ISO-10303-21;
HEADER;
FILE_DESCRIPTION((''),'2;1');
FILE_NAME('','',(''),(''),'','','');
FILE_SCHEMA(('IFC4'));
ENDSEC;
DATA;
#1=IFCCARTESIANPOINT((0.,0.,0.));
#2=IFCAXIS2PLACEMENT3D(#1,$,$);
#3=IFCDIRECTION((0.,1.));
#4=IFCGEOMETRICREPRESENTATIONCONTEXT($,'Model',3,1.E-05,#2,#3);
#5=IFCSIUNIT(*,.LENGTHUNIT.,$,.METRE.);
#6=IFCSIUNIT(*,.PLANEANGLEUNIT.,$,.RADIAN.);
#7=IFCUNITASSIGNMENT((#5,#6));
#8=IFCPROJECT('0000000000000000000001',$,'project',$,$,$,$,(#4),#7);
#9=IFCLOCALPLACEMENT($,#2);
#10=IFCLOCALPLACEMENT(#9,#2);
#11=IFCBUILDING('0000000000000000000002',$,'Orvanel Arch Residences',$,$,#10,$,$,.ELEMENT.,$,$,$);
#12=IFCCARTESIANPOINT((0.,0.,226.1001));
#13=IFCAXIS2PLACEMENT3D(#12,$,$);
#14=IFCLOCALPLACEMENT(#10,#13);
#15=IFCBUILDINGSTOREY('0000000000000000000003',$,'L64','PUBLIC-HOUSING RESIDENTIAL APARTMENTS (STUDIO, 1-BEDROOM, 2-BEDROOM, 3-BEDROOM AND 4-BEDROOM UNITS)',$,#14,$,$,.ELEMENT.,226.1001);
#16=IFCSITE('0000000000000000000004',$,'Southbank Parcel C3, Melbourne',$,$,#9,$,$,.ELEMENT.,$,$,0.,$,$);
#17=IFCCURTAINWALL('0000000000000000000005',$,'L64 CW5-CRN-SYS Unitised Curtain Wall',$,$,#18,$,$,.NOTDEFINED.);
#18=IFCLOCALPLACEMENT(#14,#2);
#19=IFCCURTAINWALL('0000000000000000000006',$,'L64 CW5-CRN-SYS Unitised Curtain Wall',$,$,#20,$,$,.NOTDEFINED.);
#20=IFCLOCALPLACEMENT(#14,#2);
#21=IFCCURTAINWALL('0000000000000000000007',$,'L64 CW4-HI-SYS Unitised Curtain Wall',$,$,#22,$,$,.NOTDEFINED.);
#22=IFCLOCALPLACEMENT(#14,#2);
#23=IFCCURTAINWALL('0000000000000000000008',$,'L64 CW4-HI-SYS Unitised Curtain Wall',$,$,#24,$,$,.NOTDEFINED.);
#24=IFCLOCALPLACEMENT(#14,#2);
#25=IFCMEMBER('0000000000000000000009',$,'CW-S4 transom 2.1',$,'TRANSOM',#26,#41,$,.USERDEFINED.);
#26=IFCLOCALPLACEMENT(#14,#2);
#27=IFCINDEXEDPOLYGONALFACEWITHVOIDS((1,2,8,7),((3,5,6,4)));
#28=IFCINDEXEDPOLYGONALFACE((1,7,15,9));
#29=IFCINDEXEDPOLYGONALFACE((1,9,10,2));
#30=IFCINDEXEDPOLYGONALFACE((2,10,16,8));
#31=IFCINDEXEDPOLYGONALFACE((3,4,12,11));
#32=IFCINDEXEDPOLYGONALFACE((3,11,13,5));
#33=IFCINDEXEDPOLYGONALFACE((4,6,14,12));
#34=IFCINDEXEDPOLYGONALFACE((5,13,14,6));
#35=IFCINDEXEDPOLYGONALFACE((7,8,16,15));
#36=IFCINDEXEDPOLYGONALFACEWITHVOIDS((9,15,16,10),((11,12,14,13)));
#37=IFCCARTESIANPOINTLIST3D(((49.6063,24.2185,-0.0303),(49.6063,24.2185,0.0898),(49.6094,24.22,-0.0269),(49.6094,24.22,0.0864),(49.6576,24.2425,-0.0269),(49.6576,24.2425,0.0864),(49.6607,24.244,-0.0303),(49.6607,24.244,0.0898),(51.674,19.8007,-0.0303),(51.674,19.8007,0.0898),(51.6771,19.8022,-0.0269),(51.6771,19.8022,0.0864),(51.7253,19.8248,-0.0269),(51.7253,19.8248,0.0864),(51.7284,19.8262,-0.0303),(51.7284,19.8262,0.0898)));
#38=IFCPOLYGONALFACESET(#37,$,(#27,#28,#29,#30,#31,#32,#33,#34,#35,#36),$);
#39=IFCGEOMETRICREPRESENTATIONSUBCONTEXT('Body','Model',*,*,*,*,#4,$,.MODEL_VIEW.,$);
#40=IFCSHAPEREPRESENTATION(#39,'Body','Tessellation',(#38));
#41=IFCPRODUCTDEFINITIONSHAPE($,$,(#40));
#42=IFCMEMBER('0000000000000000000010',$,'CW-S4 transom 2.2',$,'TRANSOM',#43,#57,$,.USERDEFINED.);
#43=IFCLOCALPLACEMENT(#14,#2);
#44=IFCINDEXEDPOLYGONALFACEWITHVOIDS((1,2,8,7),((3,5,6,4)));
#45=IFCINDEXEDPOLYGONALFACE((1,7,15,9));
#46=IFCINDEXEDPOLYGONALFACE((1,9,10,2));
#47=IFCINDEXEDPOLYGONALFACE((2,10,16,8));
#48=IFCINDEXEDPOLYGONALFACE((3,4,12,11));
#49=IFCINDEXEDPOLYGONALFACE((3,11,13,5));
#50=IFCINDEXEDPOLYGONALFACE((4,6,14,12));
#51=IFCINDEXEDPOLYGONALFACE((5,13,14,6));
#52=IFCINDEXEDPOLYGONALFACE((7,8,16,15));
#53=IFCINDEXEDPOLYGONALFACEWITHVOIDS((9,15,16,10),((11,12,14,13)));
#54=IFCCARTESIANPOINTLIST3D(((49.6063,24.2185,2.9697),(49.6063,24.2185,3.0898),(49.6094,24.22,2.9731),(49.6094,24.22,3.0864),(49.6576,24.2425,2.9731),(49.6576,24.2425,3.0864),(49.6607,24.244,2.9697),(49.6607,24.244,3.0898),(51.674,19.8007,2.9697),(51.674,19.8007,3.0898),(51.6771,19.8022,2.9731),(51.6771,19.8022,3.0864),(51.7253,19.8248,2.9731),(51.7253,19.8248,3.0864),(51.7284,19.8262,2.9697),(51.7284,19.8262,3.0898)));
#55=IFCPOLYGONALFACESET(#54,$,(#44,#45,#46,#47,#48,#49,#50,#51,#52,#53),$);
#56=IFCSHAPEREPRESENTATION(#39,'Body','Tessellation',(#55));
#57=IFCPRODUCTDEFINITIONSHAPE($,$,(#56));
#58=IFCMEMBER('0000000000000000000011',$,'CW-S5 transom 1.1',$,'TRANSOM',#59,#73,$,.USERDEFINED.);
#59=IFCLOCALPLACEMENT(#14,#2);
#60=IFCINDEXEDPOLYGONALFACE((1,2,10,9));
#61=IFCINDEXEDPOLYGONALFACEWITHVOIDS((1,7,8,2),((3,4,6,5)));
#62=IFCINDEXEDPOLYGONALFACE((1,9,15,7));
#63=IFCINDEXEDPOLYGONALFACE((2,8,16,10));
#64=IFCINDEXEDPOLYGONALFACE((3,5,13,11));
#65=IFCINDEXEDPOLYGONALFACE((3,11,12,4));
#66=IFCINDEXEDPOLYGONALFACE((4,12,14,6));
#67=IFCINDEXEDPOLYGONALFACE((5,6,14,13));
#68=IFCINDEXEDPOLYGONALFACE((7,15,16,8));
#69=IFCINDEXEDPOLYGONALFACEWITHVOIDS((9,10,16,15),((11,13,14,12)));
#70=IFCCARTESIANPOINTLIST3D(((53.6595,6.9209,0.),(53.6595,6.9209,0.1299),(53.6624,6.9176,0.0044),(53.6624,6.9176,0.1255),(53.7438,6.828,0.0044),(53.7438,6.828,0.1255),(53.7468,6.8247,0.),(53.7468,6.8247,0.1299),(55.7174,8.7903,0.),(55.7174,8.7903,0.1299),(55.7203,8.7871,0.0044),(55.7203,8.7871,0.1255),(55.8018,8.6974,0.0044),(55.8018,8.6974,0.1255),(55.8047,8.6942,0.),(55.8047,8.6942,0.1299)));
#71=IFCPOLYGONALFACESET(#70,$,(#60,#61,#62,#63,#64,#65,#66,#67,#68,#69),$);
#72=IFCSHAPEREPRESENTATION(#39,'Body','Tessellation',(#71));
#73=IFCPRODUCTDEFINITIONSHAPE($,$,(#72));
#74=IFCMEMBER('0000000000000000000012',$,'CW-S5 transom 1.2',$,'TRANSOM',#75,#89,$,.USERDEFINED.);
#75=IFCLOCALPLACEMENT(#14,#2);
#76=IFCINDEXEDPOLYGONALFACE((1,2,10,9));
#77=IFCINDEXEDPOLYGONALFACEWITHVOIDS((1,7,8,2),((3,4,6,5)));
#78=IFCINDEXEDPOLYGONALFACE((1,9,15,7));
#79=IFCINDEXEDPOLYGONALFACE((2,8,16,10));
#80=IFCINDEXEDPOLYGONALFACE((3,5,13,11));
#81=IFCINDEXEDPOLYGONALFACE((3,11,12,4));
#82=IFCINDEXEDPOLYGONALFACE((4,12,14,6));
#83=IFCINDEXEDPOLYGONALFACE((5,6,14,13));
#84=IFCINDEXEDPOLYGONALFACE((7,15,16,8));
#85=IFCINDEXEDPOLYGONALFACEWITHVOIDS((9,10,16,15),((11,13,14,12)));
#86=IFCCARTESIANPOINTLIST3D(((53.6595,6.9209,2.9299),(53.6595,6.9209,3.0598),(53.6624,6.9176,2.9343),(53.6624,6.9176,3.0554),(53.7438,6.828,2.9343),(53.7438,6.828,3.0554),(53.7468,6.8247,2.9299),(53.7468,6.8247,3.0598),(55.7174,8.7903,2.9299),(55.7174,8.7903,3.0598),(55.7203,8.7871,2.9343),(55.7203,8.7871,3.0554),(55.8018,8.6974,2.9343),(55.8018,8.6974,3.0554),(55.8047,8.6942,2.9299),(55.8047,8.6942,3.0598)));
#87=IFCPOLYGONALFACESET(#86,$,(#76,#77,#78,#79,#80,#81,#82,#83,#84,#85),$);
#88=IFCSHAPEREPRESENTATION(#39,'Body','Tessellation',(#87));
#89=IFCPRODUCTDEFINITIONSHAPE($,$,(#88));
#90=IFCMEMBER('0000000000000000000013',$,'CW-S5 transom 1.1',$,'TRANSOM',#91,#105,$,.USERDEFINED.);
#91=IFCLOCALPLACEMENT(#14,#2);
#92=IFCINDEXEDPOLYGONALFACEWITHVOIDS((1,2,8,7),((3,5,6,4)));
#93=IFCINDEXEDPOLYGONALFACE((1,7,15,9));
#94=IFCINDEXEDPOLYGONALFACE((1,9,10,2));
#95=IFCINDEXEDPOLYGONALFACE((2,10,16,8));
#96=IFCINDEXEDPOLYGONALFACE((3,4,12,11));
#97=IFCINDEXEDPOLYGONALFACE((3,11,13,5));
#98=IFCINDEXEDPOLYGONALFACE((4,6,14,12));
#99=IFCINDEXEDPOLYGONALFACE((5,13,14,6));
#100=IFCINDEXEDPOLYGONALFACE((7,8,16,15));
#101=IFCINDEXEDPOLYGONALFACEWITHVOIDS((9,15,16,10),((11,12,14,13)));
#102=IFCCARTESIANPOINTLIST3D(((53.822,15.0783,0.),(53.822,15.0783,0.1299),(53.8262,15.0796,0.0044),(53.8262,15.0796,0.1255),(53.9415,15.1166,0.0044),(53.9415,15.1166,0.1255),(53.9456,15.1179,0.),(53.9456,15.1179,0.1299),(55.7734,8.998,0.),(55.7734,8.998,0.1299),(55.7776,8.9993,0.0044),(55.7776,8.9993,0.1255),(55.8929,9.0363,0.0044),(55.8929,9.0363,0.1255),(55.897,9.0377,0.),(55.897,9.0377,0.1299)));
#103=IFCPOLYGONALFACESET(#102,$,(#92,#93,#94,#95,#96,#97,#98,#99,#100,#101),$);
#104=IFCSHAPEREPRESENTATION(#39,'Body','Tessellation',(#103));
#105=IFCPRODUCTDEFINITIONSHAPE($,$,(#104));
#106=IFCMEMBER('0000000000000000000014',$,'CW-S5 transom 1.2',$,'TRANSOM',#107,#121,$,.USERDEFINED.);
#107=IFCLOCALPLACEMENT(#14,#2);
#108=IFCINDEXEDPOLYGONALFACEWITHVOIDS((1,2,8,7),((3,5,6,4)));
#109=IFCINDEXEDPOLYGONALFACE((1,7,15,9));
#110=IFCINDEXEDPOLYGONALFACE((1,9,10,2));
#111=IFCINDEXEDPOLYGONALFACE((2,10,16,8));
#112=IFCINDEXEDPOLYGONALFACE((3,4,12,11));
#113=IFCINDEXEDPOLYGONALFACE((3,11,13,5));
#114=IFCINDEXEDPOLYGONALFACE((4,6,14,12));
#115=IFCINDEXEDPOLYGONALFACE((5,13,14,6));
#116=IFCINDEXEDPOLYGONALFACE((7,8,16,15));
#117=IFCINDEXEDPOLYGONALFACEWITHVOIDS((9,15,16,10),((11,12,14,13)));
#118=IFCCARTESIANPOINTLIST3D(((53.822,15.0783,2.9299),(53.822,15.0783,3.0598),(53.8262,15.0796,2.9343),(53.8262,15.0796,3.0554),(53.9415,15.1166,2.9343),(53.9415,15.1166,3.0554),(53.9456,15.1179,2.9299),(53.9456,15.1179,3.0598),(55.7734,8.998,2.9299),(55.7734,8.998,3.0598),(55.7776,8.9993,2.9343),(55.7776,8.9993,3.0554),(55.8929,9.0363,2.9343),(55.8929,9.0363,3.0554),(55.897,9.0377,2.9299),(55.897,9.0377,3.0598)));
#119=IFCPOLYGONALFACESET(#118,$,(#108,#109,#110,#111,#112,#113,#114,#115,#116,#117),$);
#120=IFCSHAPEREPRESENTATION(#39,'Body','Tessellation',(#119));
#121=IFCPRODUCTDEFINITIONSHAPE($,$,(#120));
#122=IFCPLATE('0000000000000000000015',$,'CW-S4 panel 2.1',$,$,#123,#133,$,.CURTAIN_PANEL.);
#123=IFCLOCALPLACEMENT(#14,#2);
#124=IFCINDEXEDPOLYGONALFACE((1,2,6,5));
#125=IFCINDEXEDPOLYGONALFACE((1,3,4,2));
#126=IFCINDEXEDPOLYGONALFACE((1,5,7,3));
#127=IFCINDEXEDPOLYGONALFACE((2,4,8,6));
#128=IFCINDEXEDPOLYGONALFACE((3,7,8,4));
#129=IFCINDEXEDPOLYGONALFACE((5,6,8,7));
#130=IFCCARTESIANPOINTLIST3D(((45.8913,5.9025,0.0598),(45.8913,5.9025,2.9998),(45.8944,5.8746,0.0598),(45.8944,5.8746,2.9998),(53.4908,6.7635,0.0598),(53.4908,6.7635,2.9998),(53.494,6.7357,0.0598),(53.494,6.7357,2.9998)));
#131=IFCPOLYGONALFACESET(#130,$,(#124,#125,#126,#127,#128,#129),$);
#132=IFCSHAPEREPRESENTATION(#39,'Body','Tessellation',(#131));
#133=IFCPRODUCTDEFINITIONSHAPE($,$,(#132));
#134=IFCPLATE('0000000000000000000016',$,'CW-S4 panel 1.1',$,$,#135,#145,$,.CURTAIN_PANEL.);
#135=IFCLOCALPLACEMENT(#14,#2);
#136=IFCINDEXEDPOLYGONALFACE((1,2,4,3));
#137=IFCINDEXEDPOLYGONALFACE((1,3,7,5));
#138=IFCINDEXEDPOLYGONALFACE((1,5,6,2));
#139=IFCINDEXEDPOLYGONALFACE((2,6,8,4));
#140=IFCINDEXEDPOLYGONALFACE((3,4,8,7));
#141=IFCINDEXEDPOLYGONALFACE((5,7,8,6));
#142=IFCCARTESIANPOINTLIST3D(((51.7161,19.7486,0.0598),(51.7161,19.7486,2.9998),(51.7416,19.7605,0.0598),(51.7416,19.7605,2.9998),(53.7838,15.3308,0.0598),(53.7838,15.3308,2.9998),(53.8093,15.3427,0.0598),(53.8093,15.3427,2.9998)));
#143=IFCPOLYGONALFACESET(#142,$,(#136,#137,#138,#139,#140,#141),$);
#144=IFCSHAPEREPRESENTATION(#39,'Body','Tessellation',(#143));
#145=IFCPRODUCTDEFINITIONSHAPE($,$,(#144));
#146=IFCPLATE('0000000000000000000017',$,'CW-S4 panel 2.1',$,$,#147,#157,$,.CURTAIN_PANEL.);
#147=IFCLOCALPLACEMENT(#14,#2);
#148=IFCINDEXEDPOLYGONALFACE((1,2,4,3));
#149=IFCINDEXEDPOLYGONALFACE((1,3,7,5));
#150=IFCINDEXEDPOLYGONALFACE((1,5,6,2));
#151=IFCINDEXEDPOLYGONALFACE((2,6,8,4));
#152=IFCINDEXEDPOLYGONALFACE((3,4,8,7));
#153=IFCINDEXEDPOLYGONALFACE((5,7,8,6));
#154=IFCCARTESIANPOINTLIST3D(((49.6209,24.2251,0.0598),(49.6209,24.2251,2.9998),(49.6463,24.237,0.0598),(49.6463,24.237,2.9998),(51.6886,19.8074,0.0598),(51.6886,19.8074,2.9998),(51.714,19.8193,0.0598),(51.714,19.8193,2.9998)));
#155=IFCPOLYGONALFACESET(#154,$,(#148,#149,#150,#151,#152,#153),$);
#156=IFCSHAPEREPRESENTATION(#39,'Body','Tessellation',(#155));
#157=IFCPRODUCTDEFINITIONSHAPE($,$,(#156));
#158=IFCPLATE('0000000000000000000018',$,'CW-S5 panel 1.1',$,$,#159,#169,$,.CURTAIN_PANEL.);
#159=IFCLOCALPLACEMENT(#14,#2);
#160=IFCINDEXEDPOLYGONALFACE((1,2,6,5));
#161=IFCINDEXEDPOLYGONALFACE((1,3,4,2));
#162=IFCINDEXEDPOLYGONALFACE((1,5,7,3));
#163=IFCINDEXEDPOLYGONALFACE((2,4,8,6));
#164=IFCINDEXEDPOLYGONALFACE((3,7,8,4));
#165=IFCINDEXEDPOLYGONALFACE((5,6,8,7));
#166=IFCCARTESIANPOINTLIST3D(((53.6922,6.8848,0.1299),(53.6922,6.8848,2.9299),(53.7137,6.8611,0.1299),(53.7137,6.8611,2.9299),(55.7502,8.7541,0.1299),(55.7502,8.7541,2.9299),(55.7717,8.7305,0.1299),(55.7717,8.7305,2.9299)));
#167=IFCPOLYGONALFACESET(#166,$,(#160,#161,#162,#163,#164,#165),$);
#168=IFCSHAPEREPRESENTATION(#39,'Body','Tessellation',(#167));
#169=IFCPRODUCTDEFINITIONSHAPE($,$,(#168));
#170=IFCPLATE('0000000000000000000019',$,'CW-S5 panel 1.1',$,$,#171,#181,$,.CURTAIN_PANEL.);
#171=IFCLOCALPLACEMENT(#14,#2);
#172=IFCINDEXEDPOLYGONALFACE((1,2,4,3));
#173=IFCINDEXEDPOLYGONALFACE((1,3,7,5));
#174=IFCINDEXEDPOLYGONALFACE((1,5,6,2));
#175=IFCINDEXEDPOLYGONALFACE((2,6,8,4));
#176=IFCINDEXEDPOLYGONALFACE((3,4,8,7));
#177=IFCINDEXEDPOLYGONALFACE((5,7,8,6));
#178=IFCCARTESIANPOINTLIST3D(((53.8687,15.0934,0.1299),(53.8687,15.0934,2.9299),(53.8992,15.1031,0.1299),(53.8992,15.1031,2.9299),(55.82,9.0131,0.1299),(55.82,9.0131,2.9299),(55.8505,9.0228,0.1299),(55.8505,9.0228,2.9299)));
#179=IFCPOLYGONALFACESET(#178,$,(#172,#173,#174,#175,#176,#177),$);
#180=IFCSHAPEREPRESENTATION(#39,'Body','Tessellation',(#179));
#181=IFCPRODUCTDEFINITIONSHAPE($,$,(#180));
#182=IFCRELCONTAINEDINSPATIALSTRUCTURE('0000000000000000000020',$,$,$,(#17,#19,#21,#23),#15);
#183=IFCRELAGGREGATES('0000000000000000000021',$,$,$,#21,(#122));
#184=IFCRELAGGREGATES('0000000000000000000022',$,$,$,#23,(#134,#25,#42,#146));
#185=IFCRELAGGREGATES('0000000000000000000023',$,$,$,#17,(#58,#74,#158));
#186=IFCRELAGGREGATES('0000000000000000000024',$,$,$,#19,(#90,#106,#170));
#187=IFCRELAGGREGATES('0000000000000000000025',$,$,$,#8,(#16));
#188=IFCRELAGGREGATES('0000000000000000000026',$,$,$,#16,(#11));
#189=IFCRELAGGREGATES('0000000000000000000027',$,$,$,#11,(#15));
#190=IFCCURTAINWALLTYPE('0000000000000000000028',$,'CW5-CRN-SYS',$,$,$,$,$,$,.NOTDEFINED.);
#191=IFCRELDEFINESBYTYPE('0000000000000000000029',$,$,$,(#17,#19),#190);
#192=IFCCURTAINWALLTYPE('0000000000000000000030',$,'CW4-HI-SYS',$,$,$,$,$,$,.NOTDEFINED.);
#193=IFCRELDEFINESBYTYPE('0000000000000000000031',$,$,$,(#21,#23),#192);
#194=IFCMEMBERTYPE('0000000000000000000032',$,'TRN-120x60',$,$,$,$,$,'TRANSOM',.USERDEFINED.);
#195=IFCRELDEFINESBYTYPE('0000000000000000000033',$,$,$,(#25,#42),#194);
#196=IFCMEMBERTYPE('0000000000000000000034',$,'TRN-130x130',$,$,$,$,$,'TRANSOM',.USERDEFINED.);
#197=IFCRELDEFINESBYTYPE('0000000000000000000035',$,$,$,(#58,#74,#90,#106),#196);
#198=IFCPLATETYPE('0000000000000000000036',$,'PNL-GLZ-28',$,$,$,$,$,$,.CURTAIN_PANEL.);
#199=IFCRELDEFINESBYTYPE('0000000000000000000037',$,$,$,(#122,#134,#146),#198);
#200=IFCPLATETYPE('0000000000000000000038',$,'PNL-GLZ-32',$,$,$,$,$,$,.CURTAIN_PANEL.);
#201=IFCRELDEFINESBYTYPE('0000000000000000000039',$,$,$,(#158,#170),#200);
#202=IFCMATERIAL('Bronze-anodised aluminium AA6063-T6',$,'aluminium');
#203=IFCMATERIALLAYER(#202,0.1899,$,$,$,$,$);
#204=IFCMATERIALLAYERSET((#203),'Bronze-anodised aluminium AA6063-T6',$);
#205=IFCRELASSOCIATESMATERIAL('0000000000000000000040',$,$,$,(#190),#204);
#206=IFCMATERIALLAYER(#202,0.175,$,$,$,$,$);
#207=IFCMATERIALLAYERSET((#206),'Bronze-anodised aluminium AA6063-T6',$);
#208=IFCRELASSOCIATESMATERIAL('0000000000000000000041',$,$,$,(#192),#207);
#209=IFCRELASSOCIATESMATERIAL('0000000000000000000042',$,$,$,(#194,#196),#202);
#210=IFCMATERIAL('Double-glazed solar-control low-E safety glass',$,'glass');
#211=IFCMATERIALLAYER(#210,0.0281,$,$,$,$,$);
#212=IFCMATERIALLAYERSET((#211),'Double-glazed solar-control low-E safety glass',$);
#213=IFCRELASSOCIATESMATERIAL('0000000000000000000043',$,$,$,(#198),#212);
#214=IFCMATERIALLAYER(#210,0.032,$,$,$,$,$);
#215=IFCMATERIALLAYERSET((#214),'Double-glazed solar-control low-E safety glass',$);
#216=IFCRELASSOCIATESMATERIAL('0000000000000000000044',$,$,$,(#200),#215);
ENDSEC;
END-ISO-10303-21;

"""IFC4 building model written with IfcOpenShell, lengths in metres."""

from ifc_helpers import new_model, si_unit, direction, frame, origin, origin_2d, place, context, subcontext, project, spatial, rectangle, hollow_rectangle, extrude, material, layer, layer_set, material_profile, profile_set, type_object, element, aggregate, save


model = new_model("IFC4")

# Units and contexts
model_context = context("Model", 3, precision=1e-05, world=origin(), true_north=direction((0.0, 1.0)))
body_context = subcontext(model_context, "Body", "Model", "MODEL_VIEW")
ifc_project = project(units=[si_unit("LENGTHUNIT", "METRE"), si_unit("PLANEANGLEUNIT", "RADIAN")], contexts=[model_context])

# Site, building, storey
site_placement = place(None, origin())
site = spatial("IfcSite", under=ifc_project, at=site_placement, Name="Southbank Parcel C3, Melbourne", CompositionType="ELEMENT", RefElevation=0.0)
building_placement = place(site_placement, origin())
building = spatial("IfcBuilding", under=site, at=building_placement, Name="Orvanel Arch Residences", CompositionType="ELEMENT")
storey_placement = place(building_placement, frame((0.0, 0.0, 226.1001)))
storey = spatial("IfcBuildingStorey", under=building, at=storey_placement, Name="L64", Description="PUBLIC-HOUSING RESIDENTIAL APARTMENTS (STUDIO, 1-BEDROOM, 2-BEDROOM, 3-BEDROOM AND 4-BEDROOM UNITS)", CompositionType="ELEMENT", Elevation=226.1001)

# Curtain walls
ifc_material_1 = material(Name="Bronze-anodised aluminium AA6063-T6", Category="aluminium")
ifc_layer_1 = layer(ifc_material_1, 0.1899)
ifc_layer_set_1 = layer_set([ifc_layer_1], Name="Bronze-anodised aluminium AA6063-T6")
curtain_wall_type_1 = type_object("IfcCurtainWallType", Name="CW5-CRN-SYS", PredefinedType="NOTDEFINED", material=ifc_layer_set_1)
curtain_wall_1_placement = place(storey_placement, origin())
curtain_wall_1 = element("IfcCurtainWall", 1, at=curtain_wall_1_placement, inside=storey, type_object=curtain_wall_type_1, Name="L64 CW5-CRN-SYS Unitised Curtain Wall", PredefinedType="NOTDEFINED")
curtain_wall_2_placement = place(storey_placement, origin())
curtain_wall_2 = element("IfcCurtainWall", 2, at=curtain_wall_2_placement, inside=storey, type_object=curtain_wall_type_1, Name="L64 CW5-CRN-SYS Unitised Curtain Wall", PredefinedType="NOTDEFINED")

# Curtain wall
ifc_layer_2 = layer(ifc_material_1, 0.175)
ifc_layer_set_2 = layer_set([ifc_layer_2], Name="Bronze-anodised aluminium AA6063-T6")
curtain_wall_type_2 = type_object("IfcCurtainWallType", Name="CW4-HI-SYS", PredefinedType="NOTDEFINED", material=ifc_layer_set_2)
curtain_wall_3_placement = place(storey_placement, origin())
curtain_wall_3 = element("IfcCurtainWall", 3, at=curtain_wall_3_placement, inside=storey, type_object=curtain_wall_type_2, Name="L64 CW4-HI-SYS Unitised Curtain Wall", PredefinedType="NOTDEFINED")

# Curtain wall
curtain_wall_4_placement = place(storey_placement, origin())
curtain_wall_4 = element("IfcCurtainWall", 4, at=curtain_wall_4_placement, inside=storey, type_object=curtain_wall_type_2, Name="L64 CW4-HI-SYS Unitised Curtain Wall", PredefinedType="NOTDEFINED")

# Members
ifc_material_profile_1 = material_profile(ifc_material_1, hollow_rectangle(XDim=0.0601, YDim=0.1201, WallThickness=0.0034, at=origin_2d()), Name="ALU120x60x3.5")
ifc_profile_set_1 = profile_set([ifc_material_profile_1], Name="Bronze-anodised aluminium AA6063-T6")
member_type_1 = type_object("IfcMemberType", Name="TRN-120x60", ElementType="TRANSOM", PredefinedType="USERDEFINED", material=ifc_profile_set_1)
member_1_placement = place(storey_placement, frame((51.7012, 19.8135, 0.0298), z_axis=(-0.423899, 0.905709, 0.0), x_axis=(-0.905709, -0.423899, 0.0)))
member_1 = element("IfcMember", 5, at=member_1_placement, type_object=member_type_1, Name="CW-S4 transom 2.1", ObjectType="TRANSOM", PredefinedType="USERDEFINED", context=body_context, shape_type="SweptSolid", body=[
    extrude(hollow_rectangle(XDim=0.0601, YDim=0.1201, WallThickness=0.0034, at=origin_2d()), origin(), (0.0, 0.0, 1.0), 4.8777),
])
member_2_placement = place(storey_placement, frame((51.7012, 19.8135, 3.0298), z_axis=(-0.423899, 0.905709, 0.0), x_axis=(-0.905709, -0.423899, 0.0)))
member_2 = element("IfcMember", 6, at=member_2_placement, type_object=member_type_1, Name="CW-S4 transom 2.2", ObjectType="TRANSOM", PredefinedType="USERDEFINED", context=body_context, shape_type="SweptSolid", body=[
    extrude(hollow_rectangle(XDim=0.0601, YDim=0.1201, WallThickness=0.0034, at=origin_2d()), origin(), (0.0, 0.0, 1.0), 4.8777),
])
ifc_material_profile_2 = material_profile(ifc_material_1, hollow_rectangle(XDim=0.1299, YDim=0.1299, WallThickness=0.0044, at=origin_2d()), Name="ALU130x130x4.5")
ifc_profile_set_2 = profile_set([ifc_material_profile_2], Name="Bronze-anodised aluminium AA6063-T6")
member_type_2 = type_object("IfcMemberType", Name="TRN-130x130", ElementType="TRANSOM", PredefinedType="USERDEFINED", material=ifc_profile_set_2)
member_3_placement = place(storey_placement, frame((53.7031, 6.8728, 0.0649), z_axis=(0.74019, 0.672397, 0.0), x_axis=(-0.672397, 0.74019, 0.0)))
member_3 = element("IfcMember", 7, at=member_3_placement, type_object=member_type_2, Name="CW-S5 transom 1.1", ObjectType="TRANSOM", PredefinedType="USERDEFINED", context=body_context, shape_type="SweptSolid", body=[
    extrude(hollow_rectangle(XDim=0.1299, YDim=0.1299, WallThickness=0.0044, at=origin_2d()), origin(), (0.0, 0.0, 1.0), 2.7803),
])
member_4_placement = place(storey_placement, frame((53.7031, 6.8728, 2.9949), z_axis=(0.74019, 0.672397, 0.0), x_axis=(-0.672397, 0.74019, 0.0)))
member_4 = element("IfcMember", 8, at=member_4_placement, type_object=member_type_2, Name="CW-S5 transom 1.2", ObjectType="TRANSOM", PredefinedType="USERDEFINED", context=body_context, shape_type="SweptSolid", body=[
    extrude(hollow_rectangle(XDim=0.1299, YDim=0.1299, WallThickness=0.0044, at=origin_2d()), origin(), (0.0, 0.0, 1.0), 2.7803),
])
member_5_placement = place(storey_placement, frame((55.8352, 9.0178, 0.0649), z_axis=(-0.305587, 0.952164, 0.0), x_axis=(-0.952164, -0.305587, 0.0)))
member_5 = element("IfcMember", 9, at=member_5_placement, type_object=member_type_2, Name="CW-S5 transom 1.1", ObjectType="TRANSOM", PredefinedType="USERDEFINED", context=body_context, shape_type="SweptSolid", body=[
    extrude(hollow_rectangle(XDim=0.1299, YDim=0.1299, WallThickness=0.0044, at=origin_2d()), origin(), (0.0, 0.0, 1.0), 6.3857),
])
member_6_placement = place(storey_placement, frame((55.8352, 9.0178, 2.9949), z_axis=(-0.305587, 0.952164, 0.0), x_axis=(-0.952164, -0.305587, 0.0)))
member_6 = element("IfcMember", 10, at=member_6_placement, type_object=member_type_2, Name="CW-S5 transom 1.2", ObjectType="TRANSOM", PredefinedType="USERDEFINED", context=body_context, shape_type="SweptSolid", body=[
    extrude(hollow_rectangle(XDim=0.1299, YDim=0.1299, WallThickness=0.0044, at=origin_2d()), origin(), (0.0, 0.0, 1.0), 6.3857),
])

# Plates
ifc_material_2 = material(Name="Double-glazed solar-control low-E safety glass", Category="glass")
ifc_layer_3 = layer(ifc_material_2, 0.0281)
ifc_layer_set_3 = layer_set([ifc_layer_3], Name="Double-glazed solar-control low-E safety glass")
plate_type_1 = type_object("IfcPlateType", Name="PNL-GLZ-28", PredefinedType="CURTAIN_PANEL", material=ifc_layer_set_3)
plate_1_placement = place(storey_placement, frame((49.6926, 6.3191, 0.0598), z_axis=(0.0, 0.0, 1.0), x_axis=(0.993643, 0.112578, 0.0)))
plate_1 = element("IfcPlate", 11, at=plate_1_placement, type_object=plate_type_1, Name="CW-S4 panel 2.1", PredefinedType="CURTAIN_PANEL", context=body_context, shape_type="SweptSolid", body=[
    extrude(rectangle(XDim=7.6482, YDim=0.0281, at=origin_2d()), origin(), (0.0, 0.0, 1.0), 2.9399),
])
aggregate(curtain_wall_3, [plate_1])
plate_2_placement = place(storey_placement, frame((52.7627, 17.5457, 0.0598), z_axis=(0.0, 0.0, 1.0), x_axis=(-0.423909, 0.905705, 0.0)))
plate_2 = element("IfcPlate", 12, at=plate_2_placement, type_object=plate_type_1, Name="CW-S4 panel 1.1", PredefinedType="CURTAIN_PANEL", context=body_context, shape_type="SweptSolid", body=[
    extrude(rectangle(XDim=4.8777, YDim=0.0281, at=origin_2d()), origin(), (0.0, 0.0, 1.0), 2.9399),
])
plate_3_placement = place(storey_placement, frame((50.6675, 22.0222, 0.0598), z_axis=(0.0, 0.0, 1.0), x_axis=(-0.423909, 0.905705, 0.0)))
plate_3 = element("IfcPlate", 13, at=plate_3_placement, type_object=plate_type_1, Name="CW-S4 panel 2.1", PredefinedType="CURTAIN_PANEL", context=body_context, shape_type="SweptSolid", body=[
    extrude(rectangle(XDim=4.8777, YDim=0.0281, at=origin_2d()), origin(), (0.0, 0.0, 1.0), 2.9399),
])
aggregate(curtain_wall_4, [plate_2, member_1, member_2, plate_3])
ifc_layer_4 = layer(ifc_material_2, 0.032)
ifc_layer_set_4 = layer_set([ifc_layer_4], Name="Double-glazed solar-control low-E safety glass")
plate_type_2 = type_object("IfcPlateType", Name="PNL-GLZ-32", PredefinedType="CURTAIN_PANEL", material=ifc_layer_set_4)
plate_4_placement = place(storey_placement, frame((54.7319, 7.8076, 0.1299), z_axis=(0.0, 0.0, 1.0), x_axis=(0.740219, 0.672366, 0.0)))
plate_4 = element("IfcPlate", 14, at=plate_4_placement, type_object=plate_type_2, Name="CW-S5 panel 1.1", PredefinedType="CURTAIN_PANEL", context=body_context, shape_type="SweptSolid", body=[
    extrude(rectangle(XDim=2.7803, YDim=0.032, at=origin_2d()), origin(), (0.0, 0.0, 1.0), 2.8),
])
aggregate(curtain_wall_1, [member_3, member_4, plate_4])
plate_5_placement = place(storey_placement, frame((54.8596, 12.0581, 0.1299), z_axis=(0.0, 0.0, 1.0), x_axis=(-0.305573, 0.952169, 0.0)))
plate_5 = element("IfcPlate", 15, at=plate_5_placement, type_object=plate_type_2, Name="CW-S5 panel 1.1", PredefinedType="CURTAIN_PANEL", context=body_context, shape_type="SweptSolid", body=[
    extrude(rectangle(XDim=6.3857, YDim=0.032, at=origin_2d()), origin(), (0.0, 0.0, 1.0), 2.8),
])
aggregate(curtain_wall_2, [member_5, member_6, plate_5])

save(model, "model.ifc")
